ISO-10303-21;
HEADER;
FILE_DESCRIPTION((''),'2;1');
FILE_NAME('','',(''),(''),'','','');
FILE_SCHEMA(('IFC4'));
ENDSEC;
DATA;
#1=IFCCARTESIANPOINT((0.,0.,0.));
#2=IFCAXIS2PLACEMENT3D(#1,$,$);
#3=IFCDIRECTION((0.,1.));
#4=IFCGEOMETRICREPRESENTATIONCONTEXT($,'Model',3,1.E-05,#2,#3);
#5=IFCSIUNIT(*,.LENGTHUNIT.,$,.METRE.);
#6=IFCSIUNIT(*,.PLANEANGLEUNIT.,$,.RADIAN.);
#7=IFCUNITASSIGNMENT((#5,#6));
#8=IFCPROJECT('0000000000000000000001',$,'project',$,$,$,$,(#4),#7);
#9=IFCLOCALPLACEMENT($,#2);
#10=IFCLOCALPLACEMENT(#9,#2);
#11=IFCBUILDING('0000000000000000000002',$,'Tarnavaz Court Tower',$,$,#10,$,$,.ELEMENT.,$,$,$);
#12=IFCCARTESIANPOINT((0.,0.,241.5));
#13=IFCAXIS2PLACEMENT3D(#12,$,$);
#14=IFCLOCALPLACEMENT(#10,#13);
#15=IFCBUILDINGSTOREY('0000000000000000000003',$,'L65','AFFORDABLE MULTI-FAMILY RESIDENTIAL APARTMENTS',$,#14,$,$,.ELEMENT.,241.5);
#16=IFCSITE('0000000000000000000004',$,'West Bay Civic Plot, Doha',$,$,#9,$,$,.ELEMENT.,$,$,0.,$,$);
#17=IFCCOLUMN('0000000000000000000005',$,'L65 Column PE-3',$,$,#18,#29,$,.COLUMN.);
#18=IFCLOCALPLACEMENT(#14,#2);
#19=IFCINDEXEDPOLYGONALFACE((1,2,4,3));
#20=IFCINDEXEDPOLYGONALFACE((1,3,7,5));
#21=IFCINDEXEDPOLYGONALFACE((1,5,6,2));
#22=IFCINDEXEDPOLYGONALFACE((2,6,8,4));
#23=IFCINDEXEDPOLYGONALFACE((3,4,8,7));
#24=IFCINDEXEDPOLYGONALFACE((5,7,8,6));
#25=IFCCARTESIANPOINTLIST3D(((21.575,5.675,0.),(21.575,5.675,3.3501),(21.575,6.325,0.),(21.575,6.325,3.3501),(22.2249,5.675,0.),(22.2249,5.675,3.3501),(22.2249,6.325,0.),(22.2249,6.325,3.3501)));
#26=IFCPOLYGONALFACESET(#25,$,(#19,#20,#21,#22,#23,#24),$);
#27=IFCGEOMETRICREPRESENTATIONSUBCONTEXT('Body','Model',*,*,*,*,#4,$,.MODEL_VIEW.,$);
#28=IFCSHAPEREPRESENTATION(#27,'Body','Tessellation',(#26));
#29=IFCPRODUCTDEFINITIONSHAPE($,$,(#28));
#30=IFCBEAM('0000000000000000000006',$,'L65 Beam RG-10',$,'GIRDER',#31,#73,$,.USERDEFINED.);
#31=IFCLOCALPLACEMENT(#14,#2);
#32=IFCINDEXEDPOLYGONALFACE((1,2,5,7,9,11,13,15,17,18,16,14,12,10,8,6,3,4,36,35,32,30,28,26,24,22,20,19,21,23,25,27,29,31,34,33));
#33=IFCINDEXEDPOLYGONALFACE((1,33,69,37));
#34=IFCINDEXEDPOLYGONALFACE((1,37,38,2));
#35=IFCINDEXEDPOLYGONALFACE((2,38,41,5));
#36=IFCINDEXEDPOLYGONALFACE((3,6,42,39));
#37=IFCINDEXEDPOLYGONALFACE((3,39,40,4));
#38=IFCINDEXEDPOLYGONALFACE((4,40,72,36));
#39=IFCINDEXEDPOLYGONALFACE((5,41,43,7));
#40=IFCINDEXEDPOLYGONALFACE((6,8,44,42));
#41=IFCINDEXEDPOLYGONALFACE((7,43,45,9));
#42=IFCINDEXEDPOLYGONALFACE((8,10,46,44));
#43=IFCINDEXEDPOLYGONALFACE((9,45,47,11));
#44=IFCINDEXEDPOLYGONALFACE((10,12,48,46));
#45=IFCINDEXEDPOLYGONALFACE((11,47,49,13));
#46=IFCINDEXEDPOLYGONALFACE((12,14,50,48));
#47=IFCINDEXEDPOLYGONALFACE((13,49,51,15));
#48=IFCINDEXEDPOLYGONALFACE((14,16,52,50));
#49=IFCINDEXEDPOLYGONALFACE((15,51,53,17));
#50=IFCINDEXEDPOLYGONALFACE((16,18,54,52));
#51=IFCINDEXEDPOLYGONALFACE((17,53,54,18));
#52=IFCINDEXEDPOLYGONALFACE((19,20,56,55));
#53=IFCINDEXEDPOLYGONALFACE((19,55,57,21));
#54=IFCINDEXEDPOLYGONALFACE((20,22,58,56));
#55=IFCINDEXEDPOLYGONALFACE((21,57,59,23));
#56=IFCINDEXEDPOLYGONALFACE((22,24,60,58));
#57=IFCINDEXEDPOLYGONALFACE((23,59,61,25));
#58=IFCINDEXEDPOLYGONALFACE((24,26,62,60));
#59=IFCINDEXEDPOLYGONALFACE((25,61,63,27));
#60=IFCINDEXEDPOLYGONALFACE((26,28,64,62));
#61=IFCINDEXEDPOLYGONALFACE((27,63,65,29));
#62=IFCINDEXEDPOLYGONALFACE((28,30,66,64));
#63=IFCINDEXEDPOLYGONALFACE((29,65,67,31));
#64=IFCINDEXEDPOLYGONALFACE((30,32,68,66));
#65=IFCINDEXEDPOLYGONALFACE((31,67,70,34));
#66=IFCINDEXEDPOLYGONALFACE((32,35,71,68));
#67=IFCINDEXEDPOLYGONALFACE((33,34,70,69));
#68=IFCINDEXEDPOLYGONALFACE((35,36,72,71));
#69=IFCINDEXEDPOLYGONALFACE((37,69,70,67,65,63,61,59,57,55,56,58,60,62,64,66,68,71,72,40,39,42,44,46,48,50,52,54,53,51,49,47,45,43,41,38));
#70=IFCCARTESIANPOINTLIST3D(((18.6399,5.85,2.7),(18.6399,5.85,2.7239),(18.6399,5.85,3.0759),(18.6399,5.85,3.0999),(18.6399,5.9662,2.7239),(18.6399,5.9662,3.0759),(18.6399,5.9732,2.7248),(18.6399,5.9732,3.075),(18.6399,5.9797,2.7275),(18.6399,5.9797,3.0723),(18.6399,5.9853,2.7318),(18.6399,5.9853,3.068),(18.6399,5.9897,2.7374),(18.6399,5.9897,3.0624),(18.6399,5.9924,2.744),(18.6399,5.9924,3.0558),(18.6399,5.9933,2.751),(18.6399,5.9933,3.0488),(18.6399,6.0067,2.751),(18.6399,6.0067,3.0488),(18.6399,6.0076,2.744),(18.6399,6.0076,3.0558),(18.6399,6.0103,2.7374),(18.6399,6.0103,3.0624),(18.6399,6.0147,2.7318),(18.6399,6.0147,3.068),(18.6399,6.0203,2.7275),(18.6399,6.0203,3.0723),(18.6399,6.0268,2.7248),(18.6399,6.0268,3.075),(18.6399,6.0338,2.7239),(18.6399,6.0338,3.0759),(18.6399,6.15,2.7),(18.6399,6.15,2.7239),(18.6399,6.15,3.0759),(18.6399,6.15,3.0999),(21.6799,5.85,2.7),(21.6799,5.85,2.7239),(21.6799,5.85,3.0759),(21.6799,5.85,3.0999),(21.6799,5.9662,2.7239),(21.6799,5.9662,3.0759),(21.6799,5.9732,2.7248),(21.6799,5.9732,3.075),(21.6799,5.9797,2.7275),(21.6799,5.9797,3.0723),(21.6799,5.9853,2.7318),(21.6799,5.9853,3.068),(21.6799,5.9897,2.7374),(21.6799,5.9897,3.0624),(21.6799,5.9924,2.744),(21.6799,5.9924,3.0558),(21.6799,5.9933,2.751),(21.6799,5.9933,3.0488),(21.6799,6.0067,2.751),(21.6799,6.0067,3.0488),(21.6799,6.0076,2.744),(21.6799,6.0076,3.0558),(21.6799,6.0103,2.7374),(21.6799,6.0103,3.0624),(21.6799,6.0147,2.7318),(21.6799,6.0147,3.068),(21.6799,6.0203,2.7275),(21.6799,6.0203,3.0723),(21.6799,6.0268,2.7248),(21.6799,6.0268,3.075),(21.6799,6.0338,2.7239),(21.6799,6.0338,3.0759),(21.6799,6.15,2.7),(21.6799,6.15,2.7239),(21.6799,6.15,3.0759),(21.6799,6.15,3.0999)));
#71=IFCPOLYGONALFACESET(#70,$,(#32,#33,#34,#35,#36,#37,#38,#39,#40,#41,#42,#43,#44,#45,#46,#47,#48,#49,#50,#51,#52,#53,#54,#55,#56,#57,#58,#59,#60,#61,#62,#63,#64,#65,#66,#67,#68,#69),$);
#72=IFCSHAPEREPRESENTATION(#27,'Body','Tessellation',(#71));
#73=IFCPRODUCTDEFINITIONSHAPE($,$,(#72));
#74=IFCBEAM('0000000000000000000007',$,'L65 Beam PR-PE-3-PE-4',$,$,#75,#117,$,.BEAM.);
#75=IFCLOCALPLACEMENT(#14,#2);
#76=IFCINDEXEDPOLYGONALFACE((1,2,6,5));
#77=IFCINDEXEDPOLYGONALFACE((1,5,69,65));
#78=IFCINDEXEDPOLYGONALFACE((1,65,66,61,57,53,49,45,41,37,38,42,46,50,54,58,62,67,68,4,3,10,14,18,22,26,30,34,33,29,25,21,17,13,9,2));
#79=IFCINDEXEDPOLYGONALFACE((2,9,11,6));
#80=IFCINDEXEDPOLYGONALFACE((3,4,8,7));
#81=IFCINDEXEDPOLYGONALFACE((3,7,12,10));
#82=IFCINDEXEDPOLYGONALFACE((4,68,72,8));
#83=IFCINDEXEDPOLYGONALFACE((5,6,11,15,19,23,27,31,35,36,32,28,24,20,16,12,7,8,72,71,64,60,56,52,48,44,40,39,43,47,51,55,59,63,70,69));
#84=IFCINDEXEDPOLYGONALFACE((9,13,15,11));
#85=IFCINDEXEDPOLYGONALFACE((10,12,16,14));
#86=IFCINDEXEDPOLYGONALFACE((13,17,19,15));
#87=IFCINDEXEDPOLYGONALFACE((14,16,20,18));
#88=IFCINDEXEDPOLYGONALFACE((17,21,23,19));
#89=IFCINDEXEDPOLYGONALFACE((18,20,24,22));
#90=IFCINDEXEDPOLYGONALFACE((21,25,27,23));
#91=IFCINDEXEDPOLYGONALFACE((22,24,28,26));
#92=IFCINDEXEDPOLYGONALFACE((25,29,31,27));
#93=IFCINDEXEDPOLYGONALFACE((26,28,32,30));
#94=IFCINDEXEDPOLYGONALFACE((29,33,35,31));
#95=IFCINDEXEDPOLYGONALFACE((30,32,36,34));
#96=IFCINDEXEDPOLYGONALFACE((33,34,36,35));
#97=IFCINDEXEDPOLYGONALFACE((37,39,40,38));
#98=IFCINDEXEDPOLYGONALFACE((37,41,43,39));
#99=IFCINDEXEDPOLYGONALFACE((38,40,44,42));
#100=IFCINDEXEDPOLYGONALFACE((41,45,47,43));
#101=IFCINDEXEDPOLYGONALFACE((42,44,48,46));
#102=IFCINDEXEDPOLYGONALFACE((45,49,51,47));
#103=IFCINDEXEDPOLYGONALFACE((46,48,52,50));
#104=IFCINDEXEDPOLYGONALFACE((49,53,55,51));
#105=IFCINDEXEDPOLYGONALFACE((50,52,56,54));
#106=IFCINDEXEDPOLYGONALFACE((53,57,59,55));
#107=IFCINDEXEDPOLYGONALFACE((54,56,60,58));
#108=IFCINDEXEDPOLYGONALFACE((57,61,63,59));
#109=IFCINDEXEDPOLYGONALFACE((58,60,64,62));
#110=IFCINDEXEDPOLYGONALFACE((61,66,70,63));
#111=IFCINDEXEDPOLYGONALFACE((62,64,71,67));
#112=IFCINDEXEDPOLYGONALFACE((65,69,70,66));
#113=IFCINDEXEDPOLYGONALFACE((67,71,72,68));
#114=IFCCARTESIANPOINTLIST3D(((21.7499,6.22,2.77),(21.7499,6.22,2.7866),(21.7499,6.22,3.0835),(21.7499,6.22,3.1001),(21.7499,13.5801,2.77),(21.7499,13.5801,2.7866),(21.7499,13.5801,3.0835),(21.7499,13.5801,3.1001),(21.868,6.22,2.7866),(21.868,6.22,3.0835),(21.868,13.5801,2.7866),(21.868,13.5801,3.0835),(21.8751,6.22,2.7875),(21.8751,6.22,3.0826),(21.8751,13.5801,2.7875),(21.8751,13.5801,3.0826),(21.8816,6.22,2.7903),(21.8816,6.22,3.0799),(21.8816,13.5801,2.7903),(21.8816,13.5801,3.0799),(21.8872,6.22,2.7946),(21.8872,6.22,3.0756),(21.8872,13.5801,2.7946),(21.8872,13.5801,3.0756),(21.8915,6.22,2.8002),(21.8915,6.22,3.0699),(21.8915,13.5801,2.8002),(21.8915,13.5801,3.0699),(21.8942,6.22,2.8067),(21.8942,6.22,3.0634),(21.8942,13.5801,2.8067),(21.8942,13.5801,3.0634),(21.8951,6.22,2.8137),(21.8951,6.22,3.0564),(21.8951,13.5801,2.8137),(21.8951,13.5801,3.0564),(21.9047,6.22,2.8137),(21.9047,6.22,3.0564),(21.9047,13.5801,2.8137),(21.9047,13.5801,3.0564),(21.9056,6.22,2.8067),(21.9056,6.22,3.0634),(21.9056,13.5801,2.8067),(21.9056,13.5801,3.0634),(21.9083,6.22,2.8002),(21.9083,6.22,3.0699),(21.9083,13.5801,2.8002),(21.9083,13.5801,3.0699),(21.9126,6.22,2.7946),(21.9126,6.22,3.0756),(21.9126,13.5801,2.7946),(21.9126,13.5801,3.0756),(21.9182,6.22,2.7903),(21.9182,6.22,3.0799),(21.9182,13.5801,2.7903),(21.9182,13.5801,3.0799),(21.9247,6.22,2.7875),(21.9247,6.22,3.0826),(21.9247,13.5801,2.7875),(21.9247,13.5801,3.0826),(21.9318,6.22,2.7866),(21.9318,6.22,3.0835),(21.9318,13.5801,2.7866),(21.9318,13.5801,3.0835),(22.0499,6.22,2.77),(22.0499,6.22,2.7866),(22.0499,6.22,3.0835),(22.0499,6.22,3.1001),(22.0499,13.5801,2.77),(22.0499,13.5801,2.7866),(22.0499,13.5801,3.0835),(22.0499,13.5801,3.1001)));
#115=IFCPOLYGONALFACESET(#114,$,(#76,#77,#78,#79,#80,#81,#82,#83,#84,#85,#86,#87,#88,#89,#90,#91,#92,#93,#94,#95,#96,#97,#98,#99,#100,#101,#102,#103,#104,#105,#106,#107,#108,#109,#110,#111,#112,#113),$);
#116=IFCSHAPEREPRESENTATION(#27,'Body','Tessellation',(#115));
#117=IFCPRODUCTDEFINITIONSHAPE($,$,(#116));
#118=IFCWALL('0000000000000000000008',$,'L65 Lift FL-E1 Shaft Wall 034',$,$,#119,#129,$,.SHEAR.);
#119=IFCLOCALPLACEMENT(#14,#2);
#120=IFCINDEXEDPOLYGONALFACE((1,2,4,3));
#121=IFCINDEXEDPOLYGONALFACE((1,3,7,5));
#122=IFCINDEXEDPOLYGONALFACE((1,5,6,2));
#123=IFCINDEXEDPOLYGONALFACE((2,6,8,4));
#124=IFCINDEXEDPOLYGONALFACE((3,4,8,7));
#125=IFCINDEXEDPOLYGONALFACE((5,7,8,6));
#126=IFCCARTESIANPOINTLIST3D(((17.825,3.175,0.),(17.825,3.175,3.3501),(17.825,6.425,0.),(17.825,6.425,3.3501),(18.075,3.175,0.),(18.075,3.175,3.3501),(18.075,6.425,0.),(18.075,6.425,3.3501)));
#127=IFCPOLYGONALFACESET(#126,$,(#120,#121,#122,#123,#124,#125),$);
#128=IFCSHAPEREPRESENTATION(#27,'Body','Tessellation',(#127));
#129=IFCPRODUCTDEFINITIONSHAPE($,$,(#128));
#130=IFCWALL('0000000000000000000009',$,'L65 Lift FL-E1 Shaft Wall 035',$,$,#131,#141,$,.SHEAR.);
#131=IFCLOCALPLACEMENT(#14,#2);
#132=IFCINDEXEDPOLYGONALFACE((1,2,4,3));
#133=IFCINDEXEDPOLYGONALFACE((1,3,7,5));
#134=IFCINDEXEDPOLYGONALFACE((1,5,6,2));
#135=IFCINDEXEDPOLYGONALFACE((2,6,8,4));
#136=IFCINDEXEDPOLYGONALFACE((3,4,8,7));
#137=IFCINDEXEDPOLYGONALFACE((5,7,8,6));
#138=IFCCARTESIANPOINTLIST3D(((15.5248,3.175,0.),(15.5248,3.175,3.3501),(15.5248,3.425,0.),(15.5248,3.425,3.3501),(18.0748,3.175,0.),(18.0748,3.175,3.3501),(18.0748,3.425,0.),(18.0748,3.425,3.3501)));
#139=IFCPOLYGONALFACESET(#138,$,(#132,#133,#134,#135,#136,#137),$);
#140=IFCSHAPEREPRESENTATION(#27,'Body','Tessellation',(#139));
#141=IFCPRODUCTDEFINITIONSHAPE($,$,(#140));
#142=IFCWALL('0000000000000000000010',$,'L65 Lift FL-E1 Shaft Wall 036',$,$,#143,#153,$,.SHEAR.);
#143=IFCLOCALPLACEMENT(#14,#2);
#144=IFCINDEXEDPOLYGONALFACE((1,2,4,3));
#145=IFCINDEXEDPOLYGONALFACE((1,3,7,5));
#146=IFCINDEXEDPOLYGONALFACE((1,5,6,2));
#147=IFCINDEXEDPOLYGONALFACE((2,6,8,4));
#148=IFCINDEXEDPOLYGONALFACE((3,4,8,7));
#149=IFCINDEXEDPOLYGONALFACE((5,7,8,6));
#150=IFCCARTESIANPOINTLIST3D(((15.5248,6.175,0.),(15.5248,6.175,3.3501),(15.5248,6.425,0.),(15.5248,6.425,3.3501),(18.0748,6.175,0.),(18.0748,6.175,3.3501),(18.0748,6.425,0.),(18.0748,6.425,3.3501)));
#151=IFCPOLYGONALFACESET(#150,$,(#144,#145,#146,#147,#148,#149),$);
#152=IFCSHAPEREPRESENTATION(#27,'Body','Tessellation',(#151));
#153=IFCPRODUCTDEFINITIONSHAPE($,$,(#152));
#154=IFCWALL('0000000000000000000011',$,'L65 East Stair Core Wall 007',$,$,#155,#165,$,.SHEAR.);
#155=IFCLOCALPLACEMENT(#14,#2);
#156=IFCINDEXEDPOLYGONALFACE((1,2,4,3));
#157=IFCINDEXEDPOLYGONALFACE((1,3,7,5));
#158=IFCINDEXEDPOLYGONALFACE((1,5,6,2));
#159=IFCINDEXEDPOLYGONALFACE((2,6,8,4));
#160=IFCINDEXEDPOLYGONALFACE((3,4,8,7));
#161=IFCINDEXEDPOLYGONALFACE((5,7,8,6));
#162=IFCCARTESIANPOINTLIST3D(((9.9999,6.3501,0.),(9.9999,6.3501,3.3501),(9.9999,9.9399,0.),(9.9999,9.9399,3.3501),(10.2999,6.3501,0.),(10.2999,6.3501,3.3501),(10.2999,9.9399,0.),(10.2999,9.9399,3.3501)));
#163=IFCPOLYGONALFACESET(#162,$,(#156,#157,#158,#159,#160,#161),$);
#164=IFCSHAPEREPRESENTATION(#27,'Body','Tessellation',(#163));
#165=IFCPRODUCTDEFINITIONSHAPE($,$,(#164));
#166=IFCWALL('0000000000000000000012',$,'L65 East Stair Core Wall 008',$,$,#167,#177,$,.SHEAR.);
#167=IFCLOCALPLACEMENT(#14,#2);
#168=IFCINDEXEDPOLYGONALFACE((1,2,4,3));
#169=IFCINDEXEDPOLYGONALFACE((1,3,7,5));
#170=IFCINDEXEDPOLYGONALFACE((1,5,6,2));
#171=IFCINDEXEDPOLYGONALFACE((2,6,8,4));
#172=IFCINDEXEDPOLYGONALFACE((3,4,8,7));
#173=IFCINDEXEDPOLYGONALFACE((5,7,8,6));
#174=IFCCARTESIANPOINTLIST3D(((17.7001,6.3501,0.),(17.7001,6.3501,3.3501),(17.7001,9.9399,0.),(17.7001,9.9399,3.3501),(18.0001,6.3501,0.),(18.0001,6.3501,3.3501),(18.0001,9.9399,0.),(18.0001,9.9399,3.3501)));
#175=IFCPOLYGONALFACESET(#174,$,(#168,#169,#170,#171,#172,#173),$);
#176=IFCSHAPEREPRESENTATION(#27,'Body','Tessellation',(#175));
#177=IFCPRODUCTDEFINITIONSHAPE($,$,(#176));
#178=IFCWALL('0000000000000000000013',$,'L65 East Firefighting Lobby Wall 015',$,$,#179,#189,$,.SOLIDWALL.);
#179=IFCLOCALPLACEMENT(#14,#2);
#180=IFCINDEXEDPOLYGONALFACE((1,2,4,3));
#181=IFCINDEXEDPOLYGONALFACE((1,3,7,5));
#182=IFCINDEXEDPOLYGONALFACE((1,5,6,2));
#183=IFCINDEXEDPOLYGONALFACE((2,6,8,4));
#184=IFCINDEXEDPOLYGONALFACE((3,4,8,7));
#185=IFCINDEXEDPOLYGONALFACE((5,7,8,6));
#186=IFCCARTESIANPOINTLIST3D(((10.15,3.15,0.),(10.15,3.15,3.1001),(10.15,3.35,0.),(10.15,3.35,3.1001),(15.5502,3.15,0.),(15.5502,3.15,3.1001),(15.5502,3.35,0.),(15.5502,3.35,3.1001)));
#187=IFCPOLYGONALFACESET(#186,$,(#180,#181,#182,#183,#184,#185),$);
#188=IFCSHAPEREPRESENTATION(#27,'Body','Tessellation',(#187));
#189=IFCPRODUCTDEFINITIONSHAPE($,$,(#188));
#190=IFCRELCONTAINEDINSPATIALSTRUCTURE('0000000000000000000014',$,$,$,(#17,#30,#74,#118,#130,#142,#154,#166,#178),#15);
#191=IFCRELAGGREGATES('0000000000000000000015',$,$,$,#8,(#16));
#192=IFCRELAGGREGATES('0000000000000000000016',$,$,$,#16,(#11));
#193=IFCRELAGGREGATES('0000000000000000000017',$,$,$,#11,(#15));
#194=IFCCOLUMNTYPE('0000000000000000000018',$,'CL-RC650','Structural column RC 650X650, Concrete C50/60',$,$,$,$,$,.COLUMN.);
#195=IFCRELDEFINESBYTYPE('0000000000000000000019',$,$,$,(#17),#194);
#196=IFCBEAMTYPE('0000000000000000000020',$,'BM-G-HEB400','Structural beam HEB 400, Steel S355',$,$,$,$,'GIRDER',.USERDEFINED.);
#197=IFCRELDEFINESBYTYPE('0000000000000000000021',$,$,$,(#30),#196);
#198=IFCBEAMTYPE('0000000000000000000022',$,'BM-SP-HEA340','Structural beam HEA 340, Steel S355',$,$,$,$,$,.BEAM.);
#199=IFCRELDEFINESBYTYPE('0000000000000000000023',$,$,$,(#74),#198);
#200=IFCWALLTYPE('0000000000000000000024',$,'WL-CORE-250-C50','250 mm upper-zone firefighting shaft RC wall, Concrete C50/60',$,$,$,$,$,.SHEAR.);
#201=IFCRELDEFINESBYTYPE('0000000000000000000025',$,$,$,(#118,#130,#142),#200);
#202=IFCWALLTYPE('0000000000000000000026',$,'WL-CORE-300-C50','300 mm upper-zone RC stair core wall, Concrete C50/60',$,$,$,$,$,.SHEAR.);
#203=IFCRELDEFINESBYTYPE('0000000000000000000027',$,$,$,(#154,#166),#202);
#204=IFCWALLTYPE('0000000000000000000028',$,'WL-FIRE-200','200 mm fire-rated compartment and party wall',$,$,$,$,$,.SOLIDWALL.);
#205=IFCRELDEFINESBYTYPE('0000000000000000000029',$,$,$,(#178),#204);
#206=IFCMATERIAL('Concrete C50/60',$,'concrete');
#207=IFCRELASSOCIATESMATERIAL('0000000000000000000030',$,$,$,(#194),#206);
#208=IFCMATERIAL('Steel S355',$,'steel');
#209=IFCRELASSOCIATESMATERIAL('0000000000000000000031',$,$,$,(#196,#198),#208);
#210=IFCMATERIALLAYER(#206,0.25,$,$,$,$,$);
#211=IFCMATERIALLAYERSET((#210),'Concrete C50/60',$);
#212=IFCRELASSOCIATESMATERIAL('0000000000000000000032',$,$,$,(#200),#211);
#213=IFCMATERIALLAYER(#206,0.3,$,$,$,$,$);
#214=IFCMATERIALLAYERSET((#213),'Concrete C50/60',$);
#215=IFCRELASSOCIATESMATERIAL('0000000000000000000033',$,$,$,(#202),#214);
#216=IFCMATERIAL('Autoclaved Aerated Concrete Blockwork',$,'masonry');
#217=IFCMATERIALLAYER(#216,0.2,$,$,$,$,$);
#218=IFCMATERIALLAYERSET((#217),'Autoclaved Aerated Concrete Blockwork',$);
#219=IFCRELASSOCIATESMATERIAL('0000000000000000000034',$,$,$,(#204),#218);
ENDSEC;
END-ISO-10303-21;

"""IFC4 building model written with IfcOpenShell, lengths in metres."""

from ifc_helpers import new_model, si_unit, direction, frame, frame_2d, origin, origin_2d, place, context, subcontext, project, spatial, rectangle, i_section, extrude, material, layer, layer_set, material_profile, profile_set, type_object, element, save


model = new_model("IFC4")

# Units and contexts
model_context = context("Model", 3, precision=1e-05, world=origin(), true_north=direction((0.0, 1.0)))
body_context = subcontext(model_context, "Body", "Model", "MODEL_VIEW")
ifc_project = project(units=[si_unit("LENGTHUNIT", "METRE"), si_unit("PLANEANGLEUNIT", "RADIAN")], contexts=[model_context])

# Site, building, storey
site_placement = place(None, origin())
site = spatial("IfcSite", under=ifc_project, at=site_placement, Name="West Bay Civic Plot, Doha", CompositionType="ELEMENT", RefElevation=0.0)
building_placement = place(site_placement, origin())
building = spatial("IfcBuilding", under=site, at=building_placement, Name="Tarnavaz Court Tower", CompositionType="ELEMENT")
storey_placement = place(building_placement, frame((0.0, 0.0, 241.5)))
storey = spatial("IfcBuildingStorey", under=building, at=storey_placement, Name="L65", Description="AFFORDABLE MULTI-FAMILY RESIDENTIAL APARTMENTS", CompositionType="ELEMENT", Elevation=241.5)

# Column
ifc_material_1 = material(Name="Concrete C50/60", Category="concrete")
ifc_material_profile_1 = material_profile(ifc_material_1, rectangle(XDim=0.6499, YDim=0.6499, at=origin_2d()), Name="RC 650X650")
ifc_profile_set_1 = profile_set([ifc_material_profile_1], Name="Concrete C50/60")
column_type = type_object("IfcColumnType", Name="CL-RC650", Description="Structural column RC 650X650, Concrete C50/60", PredefinedType="COLUMN", material=ifc_profile_set_1)
column_placement = place(storey_placement, frame((21.8999, 6.0, 0.0), z_axis=(0.0, 0.0, 1.0), x_axis=(1.0, 0.0, 0.0)))
element("IfcColumn", 1, at=column_placement, inside=storey, type_object=column_type, Name="L65 Column PE-3", PredefinedType="COLUMN", context=body_context, shape_type="SweptSolid", body=[
    extrude(rectangle(XDim=0.6499, YDim=0.6499, at=origin_2d()), origin(), (0.0, 0.0, 1.0), 3.3501),
])

# Beams
ifc_material_2 = material(Name="Steel S355", Category="steel")
ifc_material_profile_2 = material_profile(ifc_material_2, i_section(OverallWidth=0.3, OverallDepth=0.3999, WebThickness=0.0134, FlangeThickness=0.0239, FilletRadius=0.0271, at=origin_2d()), Name="HEB 400")
ifc_profile_set_2 = profile_set([ifc_material_profile_2], Name="Steel S355")
beam_type_1 = type_object("IfcBeamType", Name="BM-G-HEB400", Description="Structural beam HEB 400, Steel S355", ElementType="GIRDER", PredefinedType="USERDEFINED", material=ifc_profile_set_2)
beam_1_placement = place(storey_placement, frame((18.6399, 6.0, 2.8999), z_axis=(1.0, 0.0, 0.0), x_axis=(0.0, 1.0, 0.0)))
element("IfcBeam", 2, at=beam_1_placement, inside=storey, type_object=beam_type_1, Name="L65 Beam RG-10", ObjectType="GIRDER", PredefinedType="USERDEFINED", context=body_context, shape_type="SweptSolid", body=[
    extrude(i_section(OverallWidth=0.3, OverallDepth=0.3999, WebThickness=0.0134, FlangeThickness=0.0239, FilletRadius=0.0271, at=origin_2d()), origin(), (0.0, 0.0, 1.0), 3.04),
])
ifc_material_profile_3 = material_profile(ifc_material_2, i_section(OverallWidth=0.3, OverallDepth=0.3301, WebThickness=0.0095, FlangeThickness=0.0166, FilletRadius=0.0271, at=origin_2d()), Name="HEA 340")
ifc_profile_set_3 = profile_set([ifc_material_profile_3], Name="Steel S355")
beam_type_2 = type_object("IfcBeamType", Name="BM-SP-HEA340", Description="Structural beam HEA 340, Steel S355", PredefinedType="BEAM", material=ifc_profile_set_3)
beam_2_placement = place(storey_placement, frame((21.8999, 6.22, 2.9351), z_axis=(0.0, 1.0, 0.0), x_axis=(-1.0, 0.0, 0.0)))
element("IfcBeam", 3, at=beam_2_placement, inside=storey, type_object=beam_type_2, Name="L65 Beam PR-PE-3-PE-4", PredefinedType="BEAM", context=body_context, shape_type="SweptSolid", body=[
    extrude(i_section(OverallWidth=0.3, OverallDepth=0.3301, WebThickness=0.0095, FlangeThickness=0.0166, FilletRadius=0.0271, at=origin_2d()), origin(), (0.0, 0.0, 1.0), 7.3601),
])

# Shared definitions
ifc_layer_1 = layer(ifc_material_1, 0.25)
ifc_layer_set_1 = layer_set([ifc_layer_1], Name="Concrete C50/60")
wall_type_1 = type_object("IfcWallType", Name="WL-CORE-250-C50", Description="250 mm upper-zone firefighting shaft RC wall, Concrete C50/60", PredefinedType="SHEAR", material=ifc_layer_set_1)

# Walls
wall_1_placement = place(storey_placement, frame((17.95, 3.175, 0.0), z_axis=(0.0, 0.0, 1.0), x_axis=(0.0, 1.0, 0.0)))
element("IfcWall", 4, at=wall_1_placement, inside=storey, type_object=wall_type_1, Name="L65 Lift FL-E1 Shaft Wall 034", PredefinedType="SHEAR", context=body_context, shape_type="SweptSolid", body=[
    extrude(rectangle(XDim=3.25, YDim=0.25, at=frame_2d((1.625, 0.0))), origin(), (0.0, 0.0, 1.0), 3.3501),
])
for number, where, z_axis, x_axis, name in (
    (5, (15.5249, 3.3, 0.0), (0.0, 0.0, 1.0), (1.0, 0.0, 0.0), "L65 Lift FL-E1 Shaft Wall 035"),
    (6, (15.5249, 6.3, 0.0), (0.0, 0.0, 1.0), (1.0, 0.0, 0.0), "L65 Lift FL-E1 Shaft Wall 036"),
):
    element("IfcWall", number, at=place(storey_placement, frame(where, z_axis=z_axis, x_axis=x_axis)), inside=storey, type_object=wall_type_1, Name=name, PredefinedType="SHEAR", context=body_context, shape_type="SweptSolid", body=[
        extrude(rectangle(XDim=2.55, YDim=0.25, at=frame_2d((1.2749, 0.0))), origin(), (0.0, 0.0, 1.0), 3.3501),
    ])
ifc_layer_2 = layer(ifc_material_1, 0.3)
ifc_layer_set_2 = layer_set([ifc_layer_2], Name="Concrete C50/60")
wall_type_2 = type_object("IfcWallType", Name="WL-CORE-300-C50", Description="300 mm upper-zone RC stair core wall, Concrete C50/60", PredefinedType="SHEAR", material=ifc_layer_set_2)
for number, where, z_axis, x_axis, name in (
    (7, (10.1499, 6.3501, 0.0), (0.0, 0.0, 1.0), (0.0, 1.0, 0.0), "L65 East Stair Core Wall 007"),
    (8, (17.8501, 6.3501, 0.0), (0.0, 0.0, 1.0), (0.0, 1.0, 0.0), "L65 East Stair Core Wall 008"),
):
    element("IfcWall", number, at=place(storey_placement, frame(where, z_axis=z_axis, x_axis=x_axis)), inside=storey, type_object=wall_type_2, Name=name, PredefinedType="SHEAR", context=body_context, shape_type="SweptSolid", body=[
        extrude(rectangle(XDim=3.5898, YDim=0.3, at=frame_2d((1.7949, 0.0))), origin(), (0.0, 0.0, 1.0), 3.3501),
    ])
ifc_material_3 = material(Name="Autoclaved Aerated Concrete Blockwork", Category="masonry")
ifc_layer_3 = layer(ifc_material_3, 0.2)
ifc_layer_set_3 = layer_set([ifc_layer_3], Name="Autoclaved Aerated Concrete Blockwork")
wall_type_3 = type_object("IfcWallType", Name="WL-FIRE-200", Description="200 mm fire-rated compartment and party wall", PredefinedType="SOLIDWALL", material=ifc_layer_set_3)
wall_2_placement = place(storey_placement, frame((10.1499, 3.25, 0.0), z_axis=(0.0, 0.0, 1.0), x_axis=(1.0, 0.0, 0.0)))
element("IfcWall", 9, at=wall_2_placement, inside=storey, type_object=wall_type_3, Name="L65 East Firefighting Lobby Wall 015", PredefinedType="SOLIDWALL", context=body_context, shape_type="SweptSolid", body=[
    extrude(rectangle(XDim=5.4001, YDim=0.2, at=frame_2d((2.7002, 0.0))), origin(), (0.0, 0.0, 1.0), 3.1001),
])

save(model, "model.ifc")
